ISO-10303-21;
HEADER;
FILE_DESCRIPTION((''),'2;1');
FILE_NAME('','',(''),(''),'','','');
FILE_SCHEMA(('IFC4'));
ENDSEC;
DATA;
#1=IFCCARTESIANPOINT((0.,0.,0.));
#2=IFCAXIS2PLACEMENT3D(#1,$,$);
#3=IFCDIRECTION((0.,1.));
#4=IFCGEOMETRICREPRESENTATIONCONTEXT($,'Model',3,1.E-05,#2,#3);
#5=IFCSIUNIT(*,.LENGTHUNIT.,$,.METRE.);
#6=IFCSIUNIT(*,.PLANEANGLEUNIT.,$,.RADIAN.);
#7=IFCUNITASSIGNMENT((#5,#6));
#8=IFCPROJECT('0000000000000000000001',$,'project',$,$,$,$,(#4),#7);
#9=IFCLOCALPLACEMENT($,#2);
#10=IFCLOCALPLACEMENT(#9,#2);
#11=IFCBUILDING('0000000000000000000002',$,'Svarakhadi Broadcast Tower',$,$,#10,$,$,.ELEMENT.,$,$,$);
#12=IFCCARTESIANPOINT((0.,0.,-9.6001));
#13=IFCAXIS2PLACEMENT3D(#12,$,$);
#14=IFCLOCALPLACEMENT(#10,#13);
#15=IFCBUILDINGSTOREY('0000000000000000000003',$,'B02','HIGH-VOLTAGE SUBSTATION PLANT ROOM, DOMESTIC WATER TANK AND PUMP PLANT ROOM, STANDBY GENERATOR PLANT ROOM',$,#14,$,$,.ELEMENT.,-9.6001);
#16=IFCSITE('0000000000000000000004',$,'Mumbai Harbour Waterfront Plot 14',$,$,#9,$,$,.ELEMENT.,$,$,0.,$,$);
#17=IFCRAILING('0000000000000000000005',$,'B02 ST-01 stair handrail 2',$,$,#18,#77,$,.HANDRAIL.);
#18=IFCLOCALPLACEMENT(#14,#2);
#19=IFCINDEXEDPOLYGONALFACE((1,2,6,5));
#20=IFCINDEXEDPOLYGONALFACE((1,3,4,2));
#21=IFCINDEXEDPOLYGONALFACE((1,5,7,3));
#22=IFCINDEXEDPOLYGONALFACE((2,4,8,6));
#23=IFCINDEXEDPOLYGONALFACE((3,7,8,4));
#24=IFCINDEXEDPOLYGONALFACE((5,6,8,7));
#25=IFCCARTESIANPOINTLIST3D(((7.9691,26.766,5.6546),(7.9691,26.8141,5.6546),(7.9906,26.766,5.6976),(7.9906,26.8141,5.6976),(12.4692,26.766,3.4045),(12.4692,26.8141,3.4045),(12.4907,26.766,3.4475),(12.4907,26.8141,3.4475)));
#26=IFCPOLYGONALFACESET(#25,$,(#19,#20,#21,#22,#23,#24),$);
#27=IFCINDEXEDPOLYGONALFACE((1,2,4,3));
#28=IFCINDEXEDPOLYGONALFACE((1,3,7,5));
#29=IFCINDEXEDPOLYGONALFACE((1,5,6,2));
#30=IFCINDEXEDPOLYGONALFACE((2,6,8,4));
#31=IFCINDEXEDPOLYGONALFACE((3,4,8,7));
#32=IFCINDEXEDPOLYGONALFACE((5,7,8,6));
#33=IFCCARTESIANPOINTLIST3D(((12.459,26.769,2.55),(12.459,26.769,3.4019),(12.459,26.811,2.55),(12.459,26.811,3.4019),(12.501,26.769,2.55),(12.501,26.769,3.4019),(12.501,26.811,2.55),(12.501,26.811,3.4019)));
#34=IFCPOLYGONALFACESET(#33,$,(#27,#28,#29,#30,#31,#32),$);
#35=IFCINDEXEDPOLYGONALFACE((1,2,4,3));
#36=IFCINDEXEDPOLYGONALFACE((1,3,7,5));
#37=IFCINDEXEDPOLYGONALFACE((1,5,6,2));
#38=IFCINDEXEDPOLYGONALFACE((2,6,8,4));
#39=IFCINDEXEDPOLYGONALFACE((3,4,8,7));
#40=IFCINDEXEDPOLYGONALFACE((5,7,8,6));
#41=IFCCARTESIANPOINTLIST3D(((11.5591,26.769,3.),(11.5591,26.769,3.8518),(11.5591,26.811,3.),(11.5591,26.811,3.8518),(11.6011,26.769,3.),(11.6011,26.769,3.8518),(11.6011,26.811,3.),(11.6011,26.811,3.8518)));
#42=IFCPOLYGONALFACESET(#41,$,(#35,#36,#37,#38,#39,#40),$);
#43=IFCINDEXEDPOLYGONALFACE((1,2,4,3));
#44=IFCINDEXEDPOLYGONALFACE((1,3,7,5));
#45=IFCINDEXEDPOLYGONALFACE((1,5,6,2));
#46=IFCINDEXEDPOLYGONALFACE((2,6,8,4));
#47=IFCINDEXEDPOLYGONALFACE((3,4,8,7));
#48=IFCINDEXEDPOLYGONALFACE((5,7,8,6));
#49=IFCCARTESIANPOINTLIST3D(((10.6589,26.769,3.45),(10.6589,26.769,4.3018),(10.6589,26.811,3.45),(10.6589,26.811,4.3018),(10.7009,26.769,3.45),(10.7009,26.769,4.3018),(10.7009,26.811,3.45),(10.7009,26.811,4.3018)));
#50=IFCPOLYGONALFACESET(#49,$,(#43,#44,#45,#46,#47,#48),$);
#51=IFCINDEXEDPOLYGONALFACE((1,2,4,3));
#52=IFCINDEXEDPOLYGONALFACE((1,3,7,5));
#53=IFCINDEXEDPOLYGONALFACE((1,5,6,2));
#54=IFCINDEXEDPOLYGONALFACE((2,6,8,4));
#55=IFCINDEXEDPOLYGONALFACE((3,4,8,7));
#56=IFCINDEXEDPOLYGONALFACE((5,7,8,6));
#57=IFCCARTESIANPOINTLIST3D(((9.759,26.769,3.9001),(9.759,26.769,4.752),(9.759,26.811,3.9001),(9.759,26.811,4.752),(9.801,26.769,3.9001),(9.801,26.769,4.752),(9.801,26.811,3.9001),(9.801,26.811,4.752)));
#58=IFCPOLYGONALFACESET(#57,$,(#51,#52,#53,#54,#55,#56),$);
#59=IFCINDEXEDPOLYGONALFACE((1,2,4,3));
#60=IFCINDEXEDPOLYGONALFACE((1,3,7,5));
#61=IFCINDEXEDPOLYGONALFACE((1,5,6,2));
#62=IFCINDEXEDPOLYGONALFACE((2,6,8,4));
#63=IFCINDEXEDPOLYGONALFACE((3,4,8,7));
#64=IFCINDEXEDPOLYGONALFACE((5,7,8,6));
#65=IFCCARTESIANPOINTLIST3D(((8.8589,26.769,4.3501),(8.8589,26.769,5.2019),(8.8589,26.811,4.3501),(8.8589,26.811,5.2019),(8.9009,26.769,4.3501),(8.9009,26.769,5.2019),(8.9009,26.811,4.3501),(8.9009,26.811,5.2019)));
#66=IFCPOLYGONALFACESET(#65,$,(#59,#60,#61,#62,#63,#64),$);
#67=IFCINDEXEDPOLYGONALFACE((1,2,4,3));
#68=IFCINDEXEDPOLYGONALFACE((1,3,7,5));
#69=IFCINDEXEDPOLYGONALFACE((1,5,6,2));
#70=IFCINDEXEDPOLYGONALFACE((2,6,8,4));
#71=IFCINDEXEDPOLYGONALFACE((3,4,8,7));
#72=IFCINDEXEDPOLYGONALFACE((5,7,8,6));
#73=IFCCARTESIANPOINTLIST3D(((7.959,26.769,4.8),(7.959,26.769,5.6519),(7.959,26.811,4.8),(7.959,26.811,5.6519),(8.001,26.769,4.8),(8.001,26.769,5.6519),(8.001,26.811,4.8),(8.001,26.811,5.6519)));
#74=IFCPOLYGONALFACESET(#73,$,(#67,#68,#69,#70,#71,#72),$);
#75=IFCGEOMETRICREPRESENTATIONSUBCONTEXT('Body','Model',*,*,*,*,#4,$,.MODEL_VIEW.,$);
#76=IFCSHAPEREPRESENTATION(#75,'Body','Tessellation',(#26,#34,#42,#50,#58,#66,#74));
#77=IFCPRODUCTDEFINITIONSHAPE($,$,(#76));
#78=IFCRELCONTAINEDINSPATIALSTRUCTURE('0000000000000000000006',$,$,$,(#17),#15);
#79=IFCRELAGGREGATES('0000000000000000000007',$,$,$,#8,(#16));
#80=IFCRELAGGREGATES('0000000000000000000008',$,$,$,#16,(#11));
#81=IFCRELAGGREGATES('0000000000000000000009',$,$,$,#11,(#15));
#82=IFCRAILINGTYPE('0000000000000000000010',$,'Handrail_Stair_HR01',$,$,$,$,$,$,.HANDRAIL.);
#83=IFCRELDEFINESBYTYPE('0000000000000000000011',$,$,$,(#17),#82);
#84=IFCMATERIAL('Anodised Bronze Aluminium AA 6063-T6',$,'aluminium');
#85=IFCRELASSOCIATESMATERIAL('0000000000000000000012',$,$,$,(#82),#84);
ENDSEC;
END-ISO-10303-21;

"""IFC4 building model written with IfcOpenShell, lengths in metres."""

from ifc_helpers import new_model, si_unit, direction, frame, origin, origin_2d, place, context, subcontext, project, spatial, rectangle, extrude, material, type_object, element, save


model = new_model("IFC4")

# Units and contexts
model_context = context("Model", 3, precision=1e-05, world=origin(), true_north=direction((0.0, 1.0)))
body_context = subcontext(model_context, "Body", "Model", "MODEL_VIEW")
ifc_project = project(units=[si_unit("LENGTHUNIT", "METRE"), si_unit("PLANEANGLEUNIT", "RADIAN")], contexts=[model_context])

# Site, building, storey
site_placement = place(None, origin())
site = spatial("IfcSite", under=ifc_project, at=site_placement, Name="Mumbai Harbour Waterfront Plot 14", CompositionType="ELEMENT", RefElevation=0.0)
building_placement = place(site_placement, origin())
building = spatial("IfcBuilding", under=site, at=building_placement, Name="Svarakhadi Broadcast Tower", CompositionType="ELEMENT")
storey_placement = place(building_placement, frame((0.0, 0.0, -9.6001)))
storey = spatial("IfcBuildingStorey", under=building, at=storey_placement, Name="B02", Description="HIGH-VOLTAGE SUBSTATION PLANT ROOM, DOMESTIC WATER TANK AND PUMP PLANT ROOM, STANDBY GENERATOR PLANT ROOM", CompositionType="ELEMENT", Elevation=-9.6001)

# Railing
ifc_material_1 = material(Name="Anodised Bronze Aluminium AA 6063-T6", Category="aluminium")
railing_type_1 = type_object("IfcRailingType", Name="Handrail_Stair_HR01", PredefinedType="HANDRAIL", material=ifc_material_1)
railing_1_placement = place(storey_placement, frame((12.48, 26.79, 2.55)))
element("IfcRailing", 1, at=railing_1_placement, inside=storey, type_object=railing_type_1, Name="B02 ST-01 stair handrail 2", PredefinedType="HANDRAIL", context=body_context, shape_type="SweptSolid", body=[
    extrude(rectangle(XDim=0.0481, YDim=0.0481, at=origin_2d()), frame((0.0, 0.0, 0.876), z_axis=(-0.894427, 0.0, 0.447214), x_axis=(0.0, -1.0, 0.0)), (0.0, 0.0, 1.0), 5.0312),
    extrude(rectangle(XDim=0.042, YDim=0.042, at=origin_2d()), origin(), (0.0, 0.0, 1.0), 0.8518),
    extrude(rectangle(XDim=0.042, YDim=0.042, at=origin_2d()), frame((-0.8999, 0.0, 0.45)), (0.0, 0.0, 1.0), 0.8518),
    extrude(rectangle(XDim=0.042, YDim=0.042, at=origin_2d()), frame((-1.8, 0.0, 0.8999)), (0.0, 0.0, 1.0), 0.8518),
    extrude(rectangle(XDim=0.042, YDim=0.042, at=origin_2d()), frame((-2.7, 0.0, 1.3501)), (0.0, 0.0, 1.0), 0.8518),
    extrude(rectangle(XDim=0.042, YDim=0.042, at=origin_2d()), frame((-3.6001, 0.0, 1.8)), (0.0, 0.0, 1.0), 0.8518),
    extrude(rectangle(XDim=0.042, YDim=0.042, at=origin_2d()), frame((-4.5, 0.0, 2.25)), (0.0, 0.0, 1.0), 0.8518),
])

save(model, "model.ifc")
